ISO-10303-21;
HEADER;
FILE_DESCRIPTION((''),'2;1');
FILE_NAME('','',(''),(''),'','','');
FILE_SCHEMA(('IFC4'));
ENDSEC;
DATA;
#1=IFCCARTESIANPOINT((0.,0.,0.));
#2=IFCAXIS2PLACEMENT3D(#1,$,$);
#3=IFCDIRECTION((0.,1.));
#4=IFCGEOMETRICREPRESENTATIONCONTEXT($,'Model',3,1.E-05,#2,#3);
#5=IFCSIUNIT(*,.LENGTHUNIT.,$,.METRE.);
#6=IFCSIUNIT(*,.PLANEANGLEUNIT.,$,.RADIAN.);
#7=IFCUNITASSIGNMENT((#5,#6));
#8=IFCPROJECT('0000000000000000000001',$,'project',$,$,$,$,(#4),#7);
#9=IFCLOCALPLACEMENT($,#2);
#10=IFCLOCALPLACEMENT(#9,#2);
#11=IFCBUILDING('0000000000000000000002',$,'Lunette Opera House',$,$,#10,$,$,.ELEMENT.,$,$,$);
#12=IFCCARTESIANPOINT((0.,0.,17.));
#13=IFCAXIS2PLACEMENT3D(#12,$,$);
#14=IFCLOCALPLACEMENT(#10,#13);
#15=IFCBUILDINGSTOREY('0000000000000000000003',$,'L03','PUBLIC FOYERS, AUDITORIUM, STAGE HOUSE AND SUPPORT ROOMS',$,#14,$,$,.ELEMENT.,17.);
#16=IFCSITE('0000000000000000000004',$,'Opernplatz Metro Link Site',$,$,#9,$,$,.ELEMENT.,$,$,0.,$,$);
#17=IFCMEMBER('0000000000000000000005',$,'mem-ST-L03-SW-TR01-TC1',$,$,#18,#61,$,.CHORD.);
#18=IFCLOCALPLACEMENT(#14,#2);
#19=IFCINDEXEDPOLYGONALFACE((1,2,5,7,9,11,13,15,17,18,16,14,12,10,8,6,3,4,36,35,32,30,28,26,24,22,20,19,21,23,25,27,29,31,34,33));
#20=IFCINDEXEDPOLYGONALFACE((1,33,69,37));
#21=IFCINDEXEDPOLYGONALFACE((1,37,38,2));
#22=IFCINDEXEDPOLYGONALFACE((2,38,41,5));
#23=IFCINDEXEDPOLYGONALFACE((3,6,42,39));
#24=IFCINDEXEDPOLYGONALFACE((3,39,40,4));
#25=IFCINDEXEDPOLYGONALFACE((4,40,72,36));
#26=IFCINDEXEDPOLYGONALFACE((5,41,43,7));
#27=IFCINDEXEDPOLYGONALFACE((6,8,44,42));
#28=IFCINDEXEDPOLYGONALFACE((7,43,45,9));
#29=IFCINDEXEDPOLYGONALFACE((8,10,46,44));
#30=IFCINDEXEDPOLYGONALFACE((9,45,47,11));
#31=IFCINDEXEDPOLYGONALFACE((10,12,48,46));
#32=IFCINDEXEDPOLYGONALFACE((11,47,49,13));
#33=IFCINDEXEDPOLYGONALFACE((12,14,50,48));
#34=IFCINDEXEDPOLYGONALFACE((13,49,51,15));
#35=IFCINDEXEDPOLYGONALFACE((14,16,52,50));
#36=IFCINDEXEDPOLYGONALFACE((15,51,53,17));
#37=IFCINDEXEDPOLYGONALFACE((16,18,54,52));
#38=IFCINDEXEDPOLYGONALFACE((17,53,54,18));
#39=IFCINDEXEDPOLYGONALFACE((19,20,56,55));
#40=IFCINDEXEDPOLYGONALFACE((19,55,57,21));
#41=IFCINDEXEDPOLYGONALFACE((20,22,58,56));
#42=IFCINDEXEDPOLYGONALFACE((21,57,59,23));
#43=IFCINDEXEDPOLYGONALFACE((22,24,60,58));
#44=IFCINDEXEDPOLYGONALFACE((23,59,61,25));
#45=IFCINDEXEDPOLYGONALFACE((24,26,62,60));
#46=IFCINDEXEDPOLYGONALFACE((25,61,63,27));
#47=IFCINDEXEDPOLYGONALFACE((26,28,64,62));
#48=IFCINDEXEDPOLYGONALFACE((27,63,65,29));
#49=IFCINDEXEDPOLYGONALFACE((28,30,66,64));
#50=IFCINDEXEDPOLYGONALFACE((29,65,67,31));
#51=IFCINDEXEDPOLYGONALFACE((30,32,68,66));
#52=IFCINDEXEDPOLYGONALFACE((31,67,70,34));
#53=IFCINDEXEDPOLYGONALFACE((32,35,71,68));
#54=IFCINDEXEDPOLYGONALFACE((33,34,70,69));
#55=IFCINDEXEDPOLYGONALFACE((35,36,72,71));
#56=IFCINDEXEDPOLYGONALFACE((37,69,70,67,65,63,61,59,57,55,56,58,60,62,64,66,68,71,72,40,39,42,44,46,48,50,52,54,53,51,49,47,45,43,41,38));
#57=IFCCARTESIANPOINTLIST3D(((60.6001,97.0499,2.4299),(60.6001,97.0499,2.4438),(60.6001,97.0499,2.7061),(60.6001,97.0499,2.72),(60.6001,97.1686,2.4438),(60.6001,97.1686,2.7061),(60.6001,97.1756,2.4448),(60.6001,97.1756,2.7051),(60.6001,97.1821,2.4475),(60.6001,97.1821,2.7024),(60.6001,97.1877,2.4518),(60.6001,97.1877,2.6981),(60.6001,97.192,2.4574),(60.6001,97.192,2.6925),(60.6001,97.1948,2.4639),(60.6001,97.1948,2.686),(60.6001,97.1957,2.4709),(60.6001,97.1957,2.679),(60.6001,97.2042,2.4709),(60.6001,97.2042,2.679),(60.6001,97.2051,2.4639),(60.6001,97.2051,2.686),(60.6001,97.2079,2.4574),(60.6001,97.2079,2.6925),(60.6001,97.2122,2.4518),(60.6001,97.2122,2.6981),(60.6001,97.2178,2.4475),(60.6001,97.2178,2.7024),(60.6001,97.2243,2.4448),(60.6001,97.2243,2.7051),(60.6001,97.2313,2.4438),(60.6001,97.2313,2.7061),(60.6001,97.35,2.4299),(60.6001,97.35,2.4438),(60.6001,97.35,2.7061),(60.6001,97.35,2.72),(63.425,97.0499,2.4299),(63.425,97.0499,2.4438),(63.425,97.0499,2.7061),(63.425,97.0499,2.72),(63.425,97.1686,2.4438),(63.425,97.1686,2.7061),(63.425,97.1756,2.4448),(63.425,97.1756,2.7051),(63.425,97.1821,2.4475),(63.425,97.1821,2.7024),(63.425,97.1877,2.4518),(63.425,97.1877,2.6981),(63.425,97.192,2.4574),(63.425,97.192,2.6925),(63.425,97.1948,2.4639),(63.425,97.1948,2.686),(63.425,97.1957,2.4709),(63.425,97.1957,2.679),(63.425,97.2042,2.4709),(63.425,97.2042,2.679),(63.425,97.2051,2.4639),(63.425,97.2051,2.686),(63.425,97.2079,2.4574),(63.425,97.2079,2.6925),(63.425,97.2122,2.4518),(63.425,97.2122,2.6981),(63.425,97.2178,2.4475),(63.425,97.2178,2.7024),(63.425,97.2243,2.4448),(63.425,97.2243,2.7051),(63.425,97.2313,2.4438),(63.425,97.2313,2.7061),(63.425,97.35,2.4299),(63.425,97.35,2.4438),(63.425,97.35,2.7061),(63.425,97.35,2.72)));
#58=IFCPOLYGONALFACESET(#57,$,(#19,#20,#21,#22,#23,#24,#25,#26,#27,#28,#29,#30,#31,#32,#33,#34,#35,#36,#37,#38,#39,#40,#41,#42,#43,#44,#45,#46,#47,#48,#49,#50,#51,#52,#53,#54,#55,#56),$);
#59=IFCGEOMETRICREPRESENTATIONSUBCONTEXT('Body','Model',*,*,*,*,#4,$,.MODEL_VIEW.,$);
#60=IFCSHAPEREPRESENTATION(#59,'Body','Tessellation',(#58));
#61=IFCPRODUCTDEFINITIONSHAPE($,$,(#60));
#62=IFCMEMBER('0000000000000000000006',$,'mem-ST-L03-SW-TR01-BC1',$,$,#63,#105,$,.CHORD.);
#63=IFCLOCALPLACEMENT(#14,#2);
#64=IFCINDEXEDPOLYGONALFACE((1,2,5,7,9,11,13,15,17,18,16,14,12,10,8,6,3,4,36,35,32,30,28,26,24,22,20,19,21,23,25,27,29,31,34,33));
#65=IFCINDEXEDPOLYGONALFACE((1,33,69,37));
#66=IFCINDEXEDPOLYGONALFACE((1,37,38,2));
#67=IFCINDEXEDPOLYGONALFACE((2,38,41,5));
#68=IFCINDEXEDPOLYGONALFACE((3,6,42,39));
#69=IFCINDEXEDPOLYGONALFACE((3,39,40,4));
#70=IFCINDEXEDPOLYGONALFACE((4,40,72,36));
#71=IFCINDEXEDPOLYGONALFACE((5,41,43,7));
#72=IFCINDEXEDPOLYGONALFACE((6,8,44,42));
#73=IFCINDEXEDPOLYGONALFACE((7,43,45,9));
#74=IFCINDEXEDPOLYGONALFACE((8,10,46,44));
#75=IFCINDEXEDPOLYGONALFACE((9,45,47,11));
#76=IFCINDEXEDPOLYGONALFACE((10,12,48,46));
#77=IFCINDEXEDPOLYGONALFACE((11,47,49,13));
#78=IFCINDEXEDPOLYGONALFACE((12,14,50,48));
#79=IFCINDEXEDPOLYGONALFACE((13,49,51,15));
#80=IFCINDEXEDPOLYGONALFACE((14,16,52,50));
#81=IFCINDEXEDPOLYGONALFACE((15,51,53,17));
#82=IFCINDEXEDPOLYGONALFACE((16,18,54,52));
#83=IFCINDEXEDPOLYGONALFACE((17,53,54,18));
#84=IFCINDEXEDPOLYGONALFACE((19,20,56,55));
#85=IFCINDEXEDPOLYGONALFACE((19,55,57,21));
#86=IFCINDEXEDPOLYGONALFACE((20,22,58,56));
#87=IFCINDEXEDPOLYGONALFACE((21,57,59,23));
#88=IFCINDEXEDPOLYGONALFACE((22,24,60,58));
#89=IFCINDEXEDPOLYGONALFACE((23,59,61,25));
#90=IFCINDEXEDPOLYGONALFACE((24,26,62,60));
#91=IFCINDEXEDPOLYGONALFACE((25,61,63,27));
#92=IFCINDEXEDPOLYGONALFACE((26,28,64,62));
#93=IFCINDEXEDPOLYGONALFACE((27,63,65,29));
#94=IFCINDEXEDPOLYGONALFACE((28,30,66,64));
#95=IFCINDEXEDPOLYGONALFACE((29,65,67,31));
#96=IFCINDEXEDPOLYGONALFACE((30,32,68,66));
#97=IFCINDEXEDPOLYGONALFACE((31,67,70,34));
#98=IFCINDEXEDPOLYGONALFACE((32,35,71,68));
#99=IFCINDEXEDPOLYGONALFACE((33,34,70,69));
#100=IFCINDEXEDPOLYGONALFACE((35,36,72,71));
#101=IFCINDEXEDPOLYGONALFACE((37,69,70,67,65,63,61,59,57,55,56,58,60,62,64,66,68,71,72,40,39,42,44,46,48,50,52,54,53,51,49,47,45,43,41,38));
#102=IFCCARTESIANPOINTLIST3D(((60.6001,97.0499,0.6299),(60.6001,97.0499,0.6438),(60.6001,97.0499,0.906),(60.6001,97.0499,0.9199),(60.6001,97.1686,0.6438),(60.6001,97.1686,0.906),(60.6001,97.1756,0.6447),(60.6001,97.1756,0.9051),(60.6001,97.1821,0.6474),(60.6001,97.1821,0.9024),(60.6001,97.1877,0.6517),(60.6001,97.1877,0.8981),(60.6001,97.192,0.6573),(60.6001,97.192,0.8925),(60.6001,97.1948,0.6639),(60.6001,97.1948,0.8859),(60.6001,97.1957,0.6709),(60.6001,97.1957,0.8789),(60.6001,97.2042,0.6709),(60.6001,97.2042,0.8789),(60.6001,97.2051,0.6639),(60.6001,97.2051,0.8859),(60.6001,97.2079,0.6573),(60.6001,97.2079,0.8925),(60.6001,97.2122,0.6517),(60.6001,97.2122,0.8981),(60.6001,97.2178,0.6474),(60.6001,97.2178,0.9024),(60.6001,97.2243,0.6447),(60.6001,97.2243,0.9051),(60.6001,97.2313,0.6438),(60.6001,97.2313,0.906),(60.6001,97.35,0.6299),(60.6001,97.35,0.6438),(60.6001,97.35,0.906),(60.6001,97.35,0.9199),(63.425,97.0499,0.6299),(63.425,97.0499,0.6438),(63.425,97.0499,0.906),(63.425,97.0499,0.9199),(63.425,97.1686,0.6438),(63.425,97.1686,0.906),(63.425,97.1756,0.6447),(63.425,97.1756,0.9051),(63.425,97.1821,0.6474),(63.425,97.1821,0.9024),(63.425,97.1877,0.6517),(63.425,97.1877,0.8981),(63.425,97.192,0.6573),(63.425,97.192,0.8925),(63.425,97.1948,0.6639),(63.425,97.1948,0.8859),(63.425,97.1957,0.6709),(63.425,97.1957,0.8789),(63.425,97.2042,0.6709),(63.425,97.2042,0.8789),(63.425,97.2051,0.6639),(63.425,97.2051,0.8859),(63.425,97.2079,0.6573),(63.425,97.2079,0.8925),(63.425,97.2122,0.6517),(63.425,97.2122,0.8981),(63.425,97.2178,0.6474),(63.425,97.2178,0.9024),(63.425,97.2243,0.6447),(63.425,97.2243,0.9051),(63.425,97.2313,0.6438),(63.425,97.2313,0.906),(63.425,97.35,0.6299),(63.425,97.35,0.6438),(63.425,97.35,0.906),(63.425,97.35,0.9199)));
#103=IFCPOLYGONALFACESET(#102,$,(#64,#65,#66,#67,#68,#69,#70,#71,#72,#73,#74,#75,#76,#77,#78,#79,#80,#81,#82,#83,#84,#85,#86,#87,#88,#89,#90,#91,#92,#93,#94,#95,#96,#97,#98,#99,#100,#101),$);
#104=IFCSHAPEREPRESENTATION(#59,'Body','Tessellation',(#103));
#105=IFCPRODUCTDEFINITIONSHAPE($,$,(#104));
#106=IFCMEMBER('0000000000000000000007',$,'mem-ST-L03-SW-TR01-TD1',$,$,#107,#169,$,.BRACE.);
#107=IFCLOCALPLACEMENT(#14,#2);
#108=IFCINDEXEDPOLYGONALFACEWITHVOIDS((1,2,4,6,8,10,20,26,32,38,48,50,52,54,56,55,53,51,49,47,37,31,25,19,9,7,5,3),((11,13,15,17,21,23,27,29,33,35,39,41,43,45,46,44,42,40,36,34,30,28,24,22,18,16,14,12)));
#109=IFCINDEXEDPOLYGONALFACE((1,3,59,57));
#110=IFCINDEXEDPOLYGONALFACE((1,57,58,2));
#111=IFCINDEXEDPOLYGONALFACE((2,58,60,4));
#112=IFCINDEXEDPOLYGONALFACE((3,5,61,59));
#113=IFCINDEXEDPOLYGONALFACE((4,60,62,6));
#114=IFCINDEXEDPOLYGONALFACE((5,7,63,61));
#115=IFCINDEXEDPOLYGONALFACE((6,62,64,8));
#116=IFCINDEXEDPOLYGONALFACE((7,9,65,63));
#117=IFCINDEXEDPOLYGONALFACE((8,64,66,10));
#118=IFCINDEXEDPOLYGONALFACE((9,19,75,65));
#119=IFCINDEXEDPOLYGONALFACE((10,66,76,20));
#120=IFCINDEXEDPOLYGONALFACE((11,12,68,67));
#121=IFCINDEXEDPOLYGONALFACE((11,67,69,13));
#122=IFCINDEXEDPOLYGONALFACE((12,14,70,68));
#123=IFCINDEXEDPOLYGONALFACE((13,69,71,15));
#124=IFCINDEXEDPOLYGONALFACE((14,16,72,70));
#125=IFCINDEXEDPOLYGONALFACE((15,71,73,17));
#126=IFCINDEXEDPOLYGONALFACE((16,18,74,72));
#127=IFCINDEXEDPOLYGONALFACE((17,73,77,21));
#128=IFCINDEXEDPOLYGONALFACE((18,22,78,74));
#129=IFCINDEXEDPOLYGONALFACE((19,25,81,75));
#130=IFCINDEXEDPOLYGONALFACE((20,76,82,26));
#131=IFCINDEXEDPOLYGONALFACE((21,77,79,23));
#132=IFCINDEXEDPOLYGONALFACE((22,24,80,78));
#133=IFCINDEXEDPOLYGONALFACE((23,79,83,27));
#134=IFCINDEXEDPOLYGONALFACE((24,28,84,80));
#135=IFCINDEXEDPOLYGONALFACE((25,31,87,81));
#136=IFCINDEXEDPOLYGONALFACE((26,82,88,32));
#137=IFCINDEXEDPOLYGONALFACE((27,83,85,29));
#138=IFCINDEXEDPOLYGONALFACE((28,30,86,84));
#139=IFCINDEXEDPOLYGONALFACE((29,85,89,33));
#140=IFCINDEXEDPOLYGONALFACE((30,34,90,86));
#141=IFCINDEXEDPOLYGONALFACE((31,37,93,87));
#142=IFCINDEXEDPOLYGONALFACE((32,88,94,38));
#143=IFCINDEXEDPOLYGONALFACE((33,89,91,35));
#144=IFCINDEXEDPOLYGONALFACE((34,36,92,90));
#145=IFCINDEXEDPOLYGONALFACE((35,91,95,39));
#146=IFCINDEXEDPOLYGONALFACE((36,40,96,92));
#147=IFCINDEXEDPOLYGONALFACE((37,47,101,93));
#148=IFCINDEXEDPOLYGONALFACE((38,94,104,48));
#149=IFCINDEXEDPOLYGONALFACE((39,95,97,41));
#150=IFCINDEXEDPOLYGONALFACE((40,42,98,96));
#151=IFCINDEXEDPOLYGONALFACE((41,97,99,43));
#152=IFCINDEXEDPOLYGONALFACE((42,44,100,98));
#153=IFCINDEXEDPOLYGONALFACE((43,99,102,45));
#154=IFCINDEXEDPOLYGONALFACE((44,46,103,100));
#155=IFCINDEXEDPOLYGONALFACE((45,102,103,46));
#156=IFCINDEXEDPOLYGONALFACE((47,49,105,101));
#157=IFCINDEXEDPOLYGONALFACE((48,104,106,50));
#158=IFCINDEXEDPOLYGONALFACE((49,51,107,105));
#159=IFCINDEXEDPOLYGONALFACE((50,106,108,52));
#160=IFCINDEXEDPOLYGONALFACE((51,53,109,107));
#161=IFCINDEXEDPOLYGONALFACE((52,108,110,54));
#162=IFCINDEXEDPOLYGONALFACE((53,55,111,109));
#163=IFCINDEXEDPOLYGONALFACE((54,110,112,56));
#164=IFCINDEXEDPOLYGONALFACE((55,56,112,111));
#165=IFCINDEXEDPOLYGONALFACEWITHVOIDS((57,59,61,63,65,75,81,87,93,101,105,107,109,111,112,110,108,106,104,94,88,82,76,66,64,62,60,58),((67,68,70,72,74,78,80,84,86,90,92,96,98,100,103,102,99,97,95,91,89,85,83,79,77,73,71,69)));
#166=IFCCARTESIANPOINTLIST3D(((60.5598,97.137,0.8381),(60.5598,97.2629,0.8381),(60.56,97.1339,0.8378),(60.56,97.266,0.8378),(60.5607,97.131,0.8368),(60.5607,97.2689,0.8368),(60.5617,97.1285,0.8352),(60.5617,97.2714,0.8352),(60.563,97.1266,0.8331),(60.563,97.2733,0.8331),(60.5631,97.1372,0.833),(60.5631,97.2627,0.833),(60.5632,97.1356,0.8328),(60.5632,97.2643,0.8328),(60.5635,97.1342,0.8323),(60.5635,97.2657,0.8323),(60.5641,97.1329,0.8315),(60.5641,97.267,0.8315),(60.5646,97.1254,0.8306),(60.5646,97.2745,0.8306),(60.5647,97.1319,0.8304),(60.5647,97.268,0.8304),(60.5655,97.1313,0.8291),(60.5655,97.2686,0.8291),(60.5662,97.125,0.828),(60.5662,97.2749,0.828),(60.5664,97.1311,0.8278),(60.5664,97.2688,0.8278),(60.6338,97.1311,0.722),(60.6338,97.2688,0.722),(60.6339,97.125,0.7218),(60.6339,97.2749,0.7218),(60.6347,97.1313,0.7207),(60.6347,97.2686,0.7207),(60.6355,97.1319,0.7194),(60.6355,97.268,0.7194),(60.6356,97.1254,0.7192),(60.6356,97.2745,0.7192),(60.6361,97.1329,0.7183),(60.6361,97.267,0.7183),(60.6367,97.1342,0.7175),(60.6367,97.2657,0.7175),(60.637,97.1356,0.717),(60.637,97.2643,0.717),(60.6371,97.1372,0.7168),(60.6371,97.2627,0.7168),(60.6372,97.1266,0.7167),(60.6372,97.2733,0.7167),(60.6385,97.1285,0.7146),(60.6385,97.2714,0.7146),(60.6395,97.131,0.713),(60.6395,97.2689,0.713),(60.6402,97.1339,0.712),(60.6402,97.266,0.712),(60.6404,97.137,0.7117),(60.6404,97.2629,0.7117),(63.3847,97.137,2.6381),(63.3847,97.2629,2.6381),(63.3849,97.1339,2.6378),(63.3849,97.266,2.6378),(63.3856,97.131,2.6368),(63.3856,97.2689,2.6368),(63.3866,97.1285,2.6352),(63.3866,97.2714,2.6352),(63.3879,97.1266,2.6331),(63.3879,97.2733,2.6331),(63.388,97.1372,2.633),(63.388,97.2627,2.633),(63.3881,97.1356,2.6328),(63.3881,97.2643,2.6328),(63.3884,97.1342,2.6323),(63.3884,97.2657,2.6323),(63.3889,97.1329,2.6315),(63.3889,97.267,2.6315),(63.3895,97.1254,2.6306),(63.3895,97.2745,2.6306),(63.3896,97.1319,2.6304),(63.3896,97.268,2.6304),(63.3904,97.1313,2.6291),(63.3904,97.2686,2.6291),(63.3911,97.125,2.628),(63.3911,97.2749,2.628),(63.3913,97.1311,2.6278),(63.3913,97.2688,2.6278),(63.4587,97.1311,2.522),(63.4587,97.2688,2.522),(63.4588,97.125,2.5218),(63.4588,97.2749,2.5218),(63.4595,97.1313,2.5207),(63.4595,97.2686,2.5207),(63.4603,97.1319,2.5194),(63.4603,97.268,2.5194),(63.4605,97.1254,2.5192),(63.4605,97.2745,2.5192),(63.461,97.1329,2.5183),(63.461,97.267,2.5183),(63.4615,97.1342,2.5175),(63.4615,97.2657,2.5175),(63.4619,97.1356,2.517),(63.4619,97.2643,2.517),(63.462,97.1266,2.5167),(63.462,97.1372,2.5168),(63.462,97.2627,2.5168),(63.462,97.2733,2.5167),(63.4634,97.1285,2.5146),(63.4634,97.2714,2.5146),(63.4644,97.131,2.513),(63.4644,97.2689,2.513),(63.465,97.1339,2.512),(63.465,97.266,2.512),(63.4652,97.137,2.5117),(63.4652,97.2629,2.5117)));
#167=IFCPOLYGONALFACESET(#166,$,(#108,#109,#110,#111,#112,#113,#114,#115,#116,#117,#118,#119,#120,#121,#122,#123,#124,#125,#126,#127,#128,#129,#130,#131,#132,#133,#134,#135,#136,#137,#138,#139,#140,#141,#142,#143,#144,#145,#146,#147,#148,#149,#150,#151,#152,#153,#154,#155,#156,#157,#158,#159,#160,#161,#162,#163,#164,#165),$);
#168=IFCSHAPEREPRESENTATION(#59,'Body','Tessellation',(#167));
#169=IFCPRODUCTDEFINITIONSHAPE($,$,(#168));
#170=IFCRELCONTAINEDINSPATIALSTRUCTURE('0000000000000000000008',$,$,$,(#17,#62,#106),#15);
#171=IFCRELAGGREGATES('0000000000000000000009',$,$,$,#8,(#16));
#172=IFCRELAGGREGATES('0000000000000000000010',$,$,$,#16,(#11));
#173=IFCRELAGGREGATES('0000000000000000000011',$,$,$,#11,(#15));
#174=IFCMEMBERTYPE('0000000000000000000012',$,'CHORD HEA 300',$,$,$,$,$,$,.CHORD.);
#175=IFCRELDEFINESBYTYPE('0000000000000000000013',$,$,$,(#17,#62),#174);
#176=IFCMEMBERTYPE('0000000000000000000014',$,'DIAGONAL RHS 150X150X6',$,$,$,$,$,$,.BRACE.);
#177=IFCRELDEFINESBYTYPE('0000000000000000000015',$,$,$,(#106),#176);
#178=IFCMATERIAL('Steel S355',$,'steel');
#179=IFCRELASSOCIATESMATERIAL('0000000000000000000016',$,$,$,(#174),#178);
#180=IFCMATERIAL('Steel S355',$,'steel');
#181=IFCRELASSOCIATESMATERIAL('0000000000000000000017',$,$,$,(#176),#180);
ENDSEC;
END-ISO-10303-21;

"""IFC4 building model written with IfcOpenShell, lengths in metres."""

from ifc_helpers import new_model, si_unit, direction, frame, origin, origin_2d, place, context, subcontext, project, spatial, hollow_rectangle, i_section, extrude, material, material_profile, profile_set, type_object, element, save


model = new_model("IFC4")

# Units and contexts
model_context = context("Model", 3, precision=1e-05, world=origin(), true_north=direction((0.0, 1.0)))
body_context = subcontext(model_context, "Body", "Model", "MODEL_VIEW")
ifc_project = project(units=[si_unit("LENGTHUNIT", "METRE"), si_unit("PLANEANGLEUNIT", "RADIAN")], contexts=[model_context])

# Site, building, storey
site_placement = place(None, origin())
site = spatial("IfcSite", under=ifc_project, at=site_placement, Name="Opernplatz Metro Link Site", CompositionType="ELEMENT", RefElevation=0.0)
building_placement = place(site_placement, origin())
building = spatial("IfcBuilding", under=site, at=building_placement, Name="Lunette Opera House", CompositionType="ELEMENT")
storey_placement = place(building_placement, frame((0.0, 0.0, 17.0)))
storey = spatial("IfcBuildingStorey", under=building, at=storey_placement, Name="L03", Description="PUBLIC FOYERS, AUDITORIUM, STAGE HOUSE AND SUPPORT ROOMS", CompositionType="ELEMENT", Elevation=17.0)

# Members
ifc_material_1 = material(Name="Steel S355", Category="steel")
ifc_material_profile_1 = material_profile(ifc_material_1, i_section(OverallWidth=0.3, OverallDepth=0.29, WebThickness=0.0085, FlangeThickness=0.0139, FilletRadius=0.0271, at=origin_2d()), Name="HEA 300")
ifc_profile_set_1 = profile_set([ifc_material_profile_1], Name="Steel S355")
member_type_1 = type_object("IfcMemberType", Name="CHORD HEA 300", PredefinedType="CHORD", material=ifc_profile_set_1)
for number, where, z_axis, x_axis, name in (
    (1, (60.6001, 97.2, 2.575), (1.0, 0.0, 0.0), (0.0, 1.0, 0.0), "mem-ST-L03-SW-TR01-TC1"),
    (2, (60.6001, 97.2, 0.7749), (1.0, 0.0, 0.0), (0.0, 1.0, 0.0), "mem-ST-L03-SW-TR01-BC1"),
):
    element("IfcMember", number, at=place(storey_placement, frame(where, z_axis=z_axis, x_axis=x_axis)), inside=storey, type_object=member_type_1, Name=name, PredefinedType="CHORD", context=body_context, shape_type="SweptSolid", body=[
        extrude(i_section(OverallWidth=0.3, OverallDepth=0.29, WebThickness=0.0085, FlangeThickness=0.0139, FilletRadius=0.0271, at=origin_2d()), origin(), (0.0, 0.0, 1.0), 2.825),
    ])
ifc_material_2 = material(Name="Steel S355", Category="steel")
ifc_material_profile_2 = material_profile(ifc_material_2, hollow_rectangle(XDim=0.1499, YDim=0.1499, WallThickness=0.0061, InnerFilletRadius=0.0061, OuterFilletRadius=0.012, at=origin_2d()), Name="RHS 150X150X6")
ifc_profile_set_2 = profile_set([ifc_material_profile_2], Name="Steel S355")
member_type_2 = type_object("IfcMemberType", Name="DIAGONAL RHS 150X150X6", PredefinedType="BRACE", material=ifc_profile_set_2)
member_1_placement = place(storey_placement, frame((60.6001, 97.2, 0.7749), z_axis=(0.843343, 0.0, 0.537375), x_axis=(0.0, 1.0, 0.0)))
element("IfcMember", 3, at=member_1_placement, inside=storey, type_object=member_type_2, Name="mem-ST-L03-SW-TR01-TD1", PredefinedType="BRACE", context=body_context, shape_type="SweptSolid", body=[
    extrude(hollow_rectangle(XDim=0.1499, YDim=0.1499, WallThickness=0.0061, InnerFilletRadius=0.0061, OuterFilletRadius=0.012, at=origin_2d()), origin(), (0.0, 0.0, 1.0), 3.3496),
])

save(model, "model.ifc")
